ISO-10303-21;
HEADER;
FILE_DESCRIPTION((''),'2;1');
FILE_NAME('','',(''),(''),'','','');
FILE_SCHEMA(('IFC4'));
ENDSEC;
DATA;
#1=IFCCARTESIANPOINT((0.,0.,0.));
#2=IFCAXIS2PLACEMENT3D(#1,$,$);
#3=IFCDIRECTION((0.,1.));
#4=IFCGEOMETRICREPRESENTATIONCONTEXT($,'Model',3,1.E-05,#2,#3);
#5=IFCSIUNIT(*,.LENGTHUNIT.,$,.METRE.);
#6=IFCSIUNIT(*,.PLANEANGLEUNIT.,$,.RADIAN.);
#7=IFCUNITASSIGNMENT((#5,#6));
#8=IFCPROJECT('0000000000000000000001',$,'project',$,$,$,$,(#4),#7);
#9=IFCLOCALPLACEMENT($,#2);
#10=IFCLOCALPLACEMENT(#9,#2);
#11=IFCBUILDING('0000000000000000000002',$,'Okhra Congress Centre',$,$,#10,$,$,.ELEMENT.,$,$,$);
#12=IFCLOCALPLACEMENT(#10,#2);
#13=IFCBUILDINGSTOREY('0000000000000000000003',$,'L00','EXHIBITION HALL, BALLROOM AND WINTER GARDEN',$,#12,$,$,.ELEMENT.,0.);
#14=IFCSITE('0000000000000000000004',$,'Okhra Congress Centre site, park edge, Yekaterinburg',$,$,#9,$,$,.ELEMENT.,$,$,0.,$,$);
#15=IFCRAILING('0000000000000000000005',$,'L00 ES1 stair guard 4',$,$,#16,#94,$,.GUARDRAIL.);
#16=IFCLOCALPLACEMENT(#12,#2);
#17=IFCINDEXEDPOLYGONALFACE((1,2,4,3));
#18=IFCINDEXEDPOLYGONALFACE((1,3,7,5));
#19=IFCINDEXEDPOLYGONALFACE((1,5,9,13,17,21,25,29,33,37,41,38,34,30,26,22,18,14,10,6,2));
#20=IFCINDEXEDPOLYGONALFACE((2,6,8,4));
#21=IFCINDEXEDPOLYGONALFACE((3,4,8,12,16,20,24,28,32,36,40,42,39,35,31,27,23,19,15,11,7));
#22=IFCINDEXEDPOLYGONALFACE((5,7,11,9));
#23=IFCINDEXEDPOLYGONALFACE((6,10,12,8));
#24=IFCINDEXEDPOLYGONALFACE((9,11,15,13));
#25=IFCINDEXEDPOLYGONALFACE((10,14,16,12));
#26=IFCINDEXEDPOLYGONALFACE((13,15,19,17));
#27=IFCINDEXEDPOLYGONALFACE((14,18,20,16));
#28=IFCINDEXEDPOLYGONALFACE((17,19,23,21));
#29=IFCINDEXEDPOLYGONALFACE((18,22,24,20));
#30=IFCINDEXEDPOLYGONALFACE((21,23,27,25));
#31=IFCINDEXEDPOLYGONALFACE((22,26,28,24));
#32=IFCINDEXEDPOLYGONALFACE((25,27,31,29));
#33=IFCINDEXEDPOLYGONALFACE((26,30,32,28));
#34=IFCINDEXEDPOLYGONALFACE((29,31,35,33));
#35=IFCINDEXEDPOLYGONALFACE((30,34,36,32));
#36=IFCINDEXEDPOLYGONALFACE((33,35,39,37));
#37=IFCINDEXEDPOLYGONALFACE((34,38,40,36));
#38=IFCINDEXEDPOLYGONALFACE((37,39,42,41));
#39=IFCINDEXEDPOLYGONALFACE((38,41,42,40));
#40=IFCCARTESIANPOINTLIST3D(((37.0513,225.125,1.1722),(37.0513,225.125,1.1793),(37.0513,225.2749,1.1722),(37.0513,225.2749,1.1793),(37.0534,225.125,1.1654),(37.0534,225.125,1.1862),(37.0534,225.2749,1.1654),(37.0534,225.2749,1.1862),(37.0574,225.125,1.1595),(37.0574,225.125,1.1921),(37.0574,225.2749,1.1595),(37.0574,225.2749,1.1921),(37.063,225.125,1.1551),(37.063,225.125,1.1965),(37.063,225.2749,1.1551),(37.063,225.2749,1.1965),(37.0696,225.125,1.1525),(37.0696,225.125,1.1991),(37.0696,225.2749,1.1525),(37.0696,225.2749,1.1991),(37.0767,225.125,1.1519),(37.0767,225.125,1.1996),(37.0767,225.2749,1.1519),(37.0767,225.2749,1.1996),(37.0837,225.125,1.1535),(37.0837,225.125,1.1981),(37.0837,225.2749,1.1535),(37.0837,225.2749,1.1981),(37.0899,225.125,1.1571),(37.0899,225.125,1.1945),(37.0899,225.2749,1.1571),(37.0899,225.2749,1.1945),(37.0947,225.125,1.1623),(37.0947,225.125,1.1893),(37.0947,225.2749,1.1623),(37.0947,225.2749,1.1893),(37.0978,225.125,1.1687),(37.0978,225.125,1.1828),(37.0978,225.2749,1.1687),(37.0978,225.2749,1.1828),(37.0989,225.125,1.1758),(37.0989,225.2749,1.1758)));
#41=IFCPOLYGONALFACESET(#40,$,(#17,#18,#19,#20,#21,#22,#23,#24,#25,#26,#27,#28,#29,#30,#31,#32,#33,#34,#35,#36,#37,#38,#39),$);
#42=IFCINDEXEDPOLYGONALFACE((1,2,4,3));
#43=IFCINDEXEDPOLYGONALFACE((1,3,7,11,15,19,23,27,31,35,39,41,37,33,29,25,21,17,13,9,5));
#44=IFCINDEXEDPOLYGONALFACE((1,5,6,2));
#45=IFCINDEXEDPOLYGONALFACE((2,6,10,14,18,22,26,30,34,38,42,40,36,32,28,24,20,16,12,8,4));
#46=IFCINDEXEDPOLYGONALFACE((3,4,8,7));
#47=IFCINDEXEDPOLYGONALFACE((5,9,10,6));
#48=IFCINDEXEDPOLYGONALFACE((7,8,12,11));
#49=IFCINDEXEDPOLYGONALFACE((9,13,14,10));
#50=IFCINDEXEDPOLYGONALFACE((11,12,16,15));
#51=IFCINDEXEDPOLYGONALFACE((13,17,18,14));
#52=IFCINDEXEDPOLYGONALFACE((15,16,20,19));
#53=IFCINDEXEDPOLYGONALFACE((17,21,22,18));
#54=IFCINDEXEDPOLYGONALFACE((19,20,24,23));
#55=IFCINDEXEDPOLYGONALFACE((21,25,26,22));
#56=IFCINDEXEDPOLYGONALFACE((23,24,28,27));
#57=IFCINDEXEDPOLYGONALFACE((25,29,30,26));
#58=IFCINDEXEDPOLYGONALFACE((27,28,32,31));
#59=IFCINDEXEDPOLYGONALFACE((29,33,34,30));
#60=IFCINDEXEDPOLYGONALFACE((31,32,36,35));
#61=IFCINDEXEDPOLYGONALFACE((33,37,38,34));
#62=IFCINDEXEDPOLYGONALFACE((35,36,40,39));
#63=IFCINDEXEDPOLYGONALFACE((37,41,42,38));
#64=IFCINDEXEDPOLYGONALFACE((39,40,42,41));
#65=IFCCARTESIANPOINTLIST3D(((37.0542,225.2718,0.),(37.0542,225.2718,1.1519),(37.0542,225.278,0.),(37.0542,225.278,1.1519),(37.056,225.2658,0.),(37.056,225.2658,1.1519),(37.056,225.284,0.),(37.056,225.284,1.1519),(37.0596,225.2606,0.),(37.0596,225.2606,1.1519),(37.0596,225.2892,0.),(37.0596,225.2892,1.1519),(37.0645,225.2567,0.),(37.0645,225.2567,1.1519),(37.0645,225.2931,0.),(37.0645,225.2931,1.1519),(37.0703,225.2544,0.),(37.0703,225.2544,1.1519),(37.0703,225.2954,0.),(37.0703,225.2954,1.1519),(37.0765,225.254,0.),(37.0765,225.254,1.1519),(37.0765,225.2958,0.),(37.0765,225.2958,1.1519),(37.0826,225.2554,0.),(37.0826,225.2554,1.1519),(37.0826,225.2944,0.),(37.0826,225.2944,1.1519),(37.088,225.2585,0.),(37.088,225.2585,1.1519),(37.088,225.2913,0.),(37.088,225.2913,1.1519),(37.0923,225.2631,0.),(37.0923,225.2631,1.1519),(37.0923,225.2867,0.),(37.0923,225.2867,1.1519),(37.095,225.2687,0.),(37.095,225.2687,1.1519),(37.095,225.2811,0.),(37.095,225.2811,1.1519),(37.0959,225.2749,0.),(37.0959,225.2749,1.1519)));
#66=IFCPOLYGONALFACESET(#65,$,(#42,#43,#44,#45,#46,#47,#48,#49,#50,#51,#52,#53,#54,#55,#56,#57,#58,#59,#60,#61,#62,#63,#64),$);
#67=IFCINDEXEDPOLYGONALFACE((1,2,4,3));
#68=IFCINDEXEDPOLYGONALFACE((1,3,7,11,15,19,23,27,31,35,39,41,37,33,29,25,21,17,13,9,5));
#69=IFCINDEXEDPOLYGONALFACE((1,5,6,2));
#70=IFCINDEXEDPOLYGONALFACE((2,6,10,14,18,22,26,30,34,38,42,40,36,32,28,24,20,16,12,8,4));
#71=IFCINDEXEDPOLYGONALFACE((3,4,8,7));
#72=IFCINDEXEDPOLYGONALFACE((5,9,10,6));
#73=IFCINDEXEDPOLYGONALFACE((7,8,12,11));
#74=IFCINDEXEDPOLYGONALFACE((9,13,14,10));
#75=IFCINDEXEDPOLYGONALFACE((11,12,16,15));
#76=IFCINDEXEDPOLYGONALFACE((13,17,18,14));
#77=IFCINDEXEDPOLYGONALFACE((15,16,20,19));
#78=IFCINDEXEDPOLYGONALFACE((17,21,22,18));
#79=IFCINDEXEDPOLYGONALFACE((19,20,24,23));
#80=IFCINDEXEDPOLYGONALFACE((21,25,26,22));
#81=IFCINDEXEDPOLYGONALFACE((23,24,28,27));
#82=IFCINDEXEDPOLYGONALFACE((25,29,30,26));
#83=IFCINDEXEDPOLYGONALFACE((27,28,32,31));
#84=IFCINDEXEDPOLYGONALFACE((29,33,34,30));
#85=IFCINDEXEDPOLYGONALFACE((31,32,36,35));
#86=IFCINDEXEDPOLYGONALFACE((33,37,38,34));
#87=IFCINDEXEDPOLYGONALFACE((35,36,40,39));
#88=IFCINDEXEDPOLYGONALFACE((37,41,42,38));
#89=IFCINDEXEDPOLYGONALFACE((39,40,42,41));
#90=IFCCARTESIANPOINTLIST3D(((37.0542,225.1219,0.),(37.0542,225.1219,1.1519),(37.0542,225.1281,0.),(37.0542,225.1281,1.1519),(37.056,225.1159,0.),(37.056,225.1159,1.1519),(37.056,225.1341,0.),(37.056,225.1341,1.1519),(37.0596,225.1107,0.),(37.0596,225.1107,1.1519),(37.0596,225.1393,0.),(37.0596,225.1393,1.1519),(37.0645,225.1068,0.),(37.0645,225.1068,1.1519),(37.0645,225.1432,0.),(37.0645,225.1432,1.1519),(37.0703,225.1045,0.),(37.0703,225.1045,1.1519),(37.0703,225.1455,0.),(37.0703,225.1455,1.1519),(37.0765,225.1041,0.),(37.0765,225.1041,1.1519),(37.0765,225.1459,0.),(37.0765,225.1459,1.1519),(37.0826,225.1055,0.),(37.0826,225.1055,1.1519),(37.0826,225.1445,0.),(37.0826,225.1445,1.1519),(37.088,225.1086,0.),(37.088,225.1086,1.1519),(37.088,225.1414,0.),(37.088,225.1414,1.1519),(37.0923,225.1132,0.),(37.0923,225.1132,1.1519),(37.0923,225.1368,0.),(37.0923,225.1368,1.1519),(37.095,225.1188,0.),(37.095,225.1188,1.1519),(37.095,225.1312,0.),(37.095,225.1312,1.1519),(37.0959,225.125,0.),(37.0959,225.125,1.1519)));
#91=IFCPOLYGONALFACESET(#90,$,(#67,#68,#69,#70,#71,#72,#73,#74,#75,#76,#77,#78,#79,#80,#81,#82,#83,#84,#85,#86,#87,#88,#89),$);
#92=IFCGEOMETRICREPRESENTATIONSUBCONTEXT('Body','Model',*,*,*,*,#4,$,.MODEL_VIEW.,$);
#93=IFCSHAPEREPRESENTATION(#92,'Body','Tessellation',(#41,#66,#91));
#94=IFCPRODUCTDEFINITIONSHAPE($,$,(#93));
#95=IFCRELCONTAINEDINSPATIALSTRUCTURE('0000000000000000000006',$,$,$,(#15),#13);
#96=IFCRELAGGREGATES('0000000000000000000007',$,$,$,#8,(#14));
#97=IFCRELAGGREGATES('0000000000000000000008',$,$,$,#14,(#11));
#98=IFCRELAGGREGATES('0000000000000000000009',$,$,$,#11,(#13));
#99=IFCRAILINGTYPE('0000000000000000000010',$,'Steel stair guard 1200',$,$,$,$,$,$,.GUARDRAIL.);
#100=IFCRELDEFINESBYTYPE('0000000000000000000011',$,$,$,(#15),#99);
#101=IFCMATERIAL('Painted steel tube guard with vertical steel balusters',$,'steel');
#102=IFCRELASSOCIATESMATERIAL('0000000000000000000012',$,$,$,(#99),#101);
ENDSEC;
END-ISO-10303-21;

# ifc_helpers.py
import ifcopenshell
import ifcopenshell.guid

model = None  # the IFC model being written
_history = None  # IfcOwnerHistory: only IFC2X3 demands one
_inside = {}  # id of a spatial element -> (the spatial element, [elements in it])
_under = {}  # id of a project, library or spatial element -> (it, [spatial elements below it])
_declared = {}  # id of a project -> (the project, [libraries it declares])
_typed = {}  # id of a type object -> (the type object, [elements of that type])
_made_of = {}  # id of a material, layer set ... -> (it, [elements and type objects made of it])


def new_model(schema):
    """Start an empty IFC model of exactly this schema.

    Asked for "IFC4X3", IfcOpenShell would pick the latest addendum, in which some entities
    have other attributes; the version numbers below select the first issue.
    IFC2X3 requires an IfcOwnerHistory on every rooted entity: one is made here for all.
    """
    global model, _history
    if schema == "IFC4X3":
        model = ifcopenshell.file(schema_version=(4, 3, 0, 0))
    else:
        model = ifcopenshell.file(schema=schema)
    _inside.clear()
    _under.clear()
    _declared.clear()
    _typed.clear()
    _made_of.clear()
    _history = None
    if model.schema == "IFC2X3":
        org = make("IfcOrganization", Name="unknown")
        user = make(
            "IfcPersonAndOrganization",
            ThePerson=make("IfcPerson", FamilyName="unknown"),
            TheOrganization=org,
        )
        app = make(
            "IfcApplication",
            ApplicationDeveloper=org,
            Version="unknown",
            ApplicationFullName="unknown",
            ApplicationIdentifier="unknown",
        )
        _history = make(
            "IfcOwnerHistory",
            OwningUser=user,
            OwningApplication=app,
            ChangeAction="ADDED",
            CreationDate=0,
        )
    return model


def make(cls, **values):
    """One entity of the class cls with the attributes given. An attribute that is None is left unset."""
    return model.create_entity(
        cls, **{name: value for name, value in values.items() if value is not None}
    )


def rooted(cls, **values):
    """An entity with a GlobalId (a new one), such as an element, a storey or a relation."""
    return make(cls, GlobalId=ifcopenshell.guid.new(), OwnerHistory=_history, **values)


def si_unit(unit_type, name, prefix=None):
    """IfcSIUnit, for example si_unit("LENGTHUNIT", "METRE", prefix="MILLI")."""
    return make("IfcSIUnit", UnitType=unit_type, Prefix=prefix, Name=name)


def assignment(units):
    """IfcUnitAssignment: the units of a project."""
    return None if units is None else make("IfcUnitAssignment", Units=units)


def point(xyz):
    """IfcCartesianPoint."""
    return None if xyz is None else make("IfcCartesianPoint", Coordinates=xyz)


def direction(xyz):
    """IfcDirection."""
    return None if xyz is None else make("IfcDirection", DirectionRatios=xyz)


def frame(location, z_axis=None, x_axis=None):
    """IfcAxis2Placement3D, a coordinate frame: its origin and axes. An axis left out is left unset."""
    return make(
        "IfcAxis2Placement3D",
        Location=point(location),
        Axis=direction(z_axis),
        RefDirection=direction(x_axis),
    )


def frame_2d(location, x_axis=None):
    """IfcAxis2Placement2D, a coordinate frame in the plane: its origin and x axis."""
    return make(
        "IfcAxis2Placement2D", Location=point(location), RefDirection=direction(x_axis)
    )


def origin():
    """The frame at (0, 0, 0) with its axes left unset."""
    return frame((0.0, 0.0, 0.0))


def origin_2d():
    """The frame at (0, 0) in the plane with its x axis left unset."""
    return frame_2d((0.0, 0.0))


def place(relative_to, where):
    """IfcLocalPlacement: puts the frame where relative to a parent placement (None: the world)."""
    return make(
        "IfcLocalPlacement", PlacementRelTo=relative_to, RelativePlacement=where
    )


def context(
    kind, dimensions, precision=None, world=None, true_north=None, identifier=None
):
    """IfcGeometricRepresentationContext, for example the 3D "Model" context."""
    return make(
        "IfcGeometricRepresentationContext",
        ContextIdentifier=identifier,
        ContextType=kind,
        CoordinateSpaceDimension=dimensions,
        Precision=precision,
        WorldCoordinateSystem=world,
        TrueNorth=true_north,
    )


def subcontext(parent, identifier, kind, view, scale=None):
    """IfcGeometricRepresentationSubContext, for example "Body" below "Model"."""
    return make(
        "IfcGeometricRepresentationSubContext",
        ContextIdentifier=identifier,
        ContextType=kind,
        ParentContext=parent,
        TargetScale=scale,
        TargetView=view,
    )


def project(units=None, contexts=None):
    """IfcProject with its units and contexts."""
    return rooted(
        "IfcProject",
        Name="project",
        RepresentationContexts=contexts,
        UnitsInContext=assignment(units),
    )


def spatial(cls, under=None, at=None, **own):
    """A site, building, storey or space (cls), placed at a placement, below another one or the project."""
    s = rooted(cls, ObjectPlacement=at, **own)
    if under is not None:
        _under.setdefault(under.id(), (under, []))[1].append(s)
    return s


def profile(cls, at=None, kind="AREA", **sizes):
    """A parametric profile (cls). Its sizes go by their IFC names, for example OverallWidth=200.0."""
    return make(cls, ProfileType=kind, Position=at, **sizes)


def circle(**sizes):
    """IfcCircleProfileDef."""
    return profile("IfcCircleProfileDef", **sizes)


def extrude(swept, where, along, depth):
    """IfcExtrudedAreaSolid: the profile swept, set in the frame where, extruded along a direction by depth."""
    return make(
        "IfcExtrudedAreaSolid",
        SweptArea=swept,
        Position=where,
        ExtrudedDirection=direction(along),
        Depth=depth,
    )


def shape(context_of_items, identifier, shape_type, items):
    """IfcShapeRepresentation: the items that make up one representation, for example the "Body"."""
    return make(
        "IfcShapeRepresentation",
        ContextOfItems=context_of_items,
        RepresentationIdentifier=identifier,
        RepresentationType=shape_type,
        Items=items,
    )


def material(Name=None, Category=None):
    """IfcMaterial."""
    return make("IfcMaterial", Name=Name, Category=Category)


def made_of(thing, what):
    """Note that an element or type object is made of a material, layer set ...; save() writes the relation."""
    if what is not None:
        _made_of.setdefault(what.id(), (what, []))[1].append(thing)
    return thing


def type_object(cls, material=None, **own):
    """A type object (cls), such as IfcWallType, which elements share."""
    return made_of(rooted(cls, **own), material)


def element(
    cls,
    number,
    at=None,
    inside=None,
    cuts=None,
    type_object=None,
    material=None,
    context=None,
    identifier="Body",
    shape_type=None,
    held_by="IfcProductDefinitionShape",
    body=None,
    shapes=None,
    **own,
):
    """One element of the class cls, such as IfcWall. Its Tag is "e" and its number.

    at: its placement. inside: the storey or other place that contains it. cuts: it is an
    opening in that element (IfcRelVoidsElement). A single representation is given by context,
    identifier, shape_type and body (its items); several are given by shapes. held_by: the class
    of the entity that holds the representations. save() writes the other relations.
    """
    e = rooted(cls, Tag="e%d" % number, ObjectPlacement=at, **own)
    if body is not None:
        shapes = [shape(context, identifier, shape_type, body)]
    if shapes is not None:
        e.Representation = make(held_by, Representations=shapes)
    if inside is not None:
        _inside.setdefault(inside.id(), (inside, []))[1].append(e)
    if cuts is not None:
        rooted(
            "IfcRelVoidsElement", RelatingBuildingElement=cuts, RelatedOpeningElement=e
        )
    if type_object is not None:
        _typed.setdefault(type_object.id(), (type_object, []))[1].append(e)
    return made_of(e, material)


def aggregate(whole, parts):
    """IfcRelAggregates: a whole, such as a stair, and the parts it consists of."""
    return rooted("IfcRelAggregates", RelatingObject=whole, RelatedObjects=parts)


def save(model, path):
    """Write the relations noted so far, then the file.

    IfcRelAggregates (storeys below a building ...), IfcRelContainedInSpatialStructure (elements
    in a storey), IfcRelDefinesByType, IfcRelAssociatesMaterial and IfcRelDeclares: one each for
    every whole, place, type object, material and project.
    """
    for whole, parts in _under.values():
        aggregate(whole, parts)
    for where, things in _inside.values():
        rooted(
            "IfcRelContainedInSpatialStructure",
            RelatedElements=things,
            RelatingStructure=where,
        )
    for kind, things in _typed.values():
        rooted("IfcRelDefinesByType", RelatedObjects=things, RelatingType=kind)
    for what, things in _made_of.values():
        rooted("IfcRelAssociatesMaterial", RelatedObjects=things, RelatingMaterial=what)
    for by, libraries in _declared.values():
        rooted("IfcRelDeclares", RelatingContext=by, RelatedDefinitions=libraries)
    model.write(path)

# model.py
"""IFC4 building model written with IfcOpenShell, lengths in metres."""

from ifc_helpers import new_model, si_unit, direction, frame, origin, origin_2d, place, context, subcontext, project, spatial, circle, extrude, material, type_object, element, save


model = new_model("IFC4")

# Units and contexts
model_context = context("Model", 3, precision=1e-05, world=origin(), true_north=direction((0.0, 1.0)))
body_context = subcontext(model_context, "Body", "Model", "MODEL_VIEW")
ifc_project = project(units=[si_unit("LENGTHUNIT", "METRE"), si_unit("PLANEANGLEUNIT", "RADIAN")], contexts=[model_context])

# Site, building, storey
site_placement = place(None, origin())
site = spatial("IfcSite", under=ifc_project, at=site_placement, Name="Okhra Congress Centre site, park edge, Yekaterinburg", CompositionType="ELEMENT", RefElevation=0.0)
building_placement = place(site_placement, origin())
building = spatial("IfcBuilding", under=site, at=building_placement, Name="Okhra Congress Centre", CompositionType="ELEMENT")
storey_placement = place(building_placement, origin())
storey = spatial("IfcBuildingStorey", under=building, at=storey_placement, Name="L00", Description="EXHIBITION HALL, BALLROOM AND WINTER GARDEN", CompositionType="ELEMENT", Elevation=0.0)

# Railing
ifc_material_1 = material(Name="Painted steel tube guard with vertical steel balusters", Category="steel")
railing_type_1 = type_object("IfcRailingType", Name="Steel stair guard 1200", PredefinedType="GUARDRAIL", material=ifc_material_1)
railing_1_placement = place(storey_placement, frame((37.075, 225.2749, 0.0)))
element("IfcRailing", 1, at=railing_1_placement, inside=storey, type_object=railing_type_1, Name="L00 ES1 stair guard 4", PredefinedType="GUARDRAIL", context=body_context, shape_type="SweptSolid", body=[
    extrude(circle(Radius=0.0239, at=origin_2d()), frame((0.0, 0.0, 1.1758), z_axis=(0.0, -1.0, 0.0), x_axis=(1.0, 0.0, 0.0)), (0.0, 0.0, 1.0), 0.1499),
    extrude(circle(Radius=0.021, at=origin_2d()), origin(), (0.0, 0.0, 1.0), 1.1519),
    extrude(circle(Radius=0.021, at=origin_2d()), frame((0.0, -0.1499, 0.0)), (0.0, 0.0, 1.0), 1.1519),
])

save(model, "model.ifc")
